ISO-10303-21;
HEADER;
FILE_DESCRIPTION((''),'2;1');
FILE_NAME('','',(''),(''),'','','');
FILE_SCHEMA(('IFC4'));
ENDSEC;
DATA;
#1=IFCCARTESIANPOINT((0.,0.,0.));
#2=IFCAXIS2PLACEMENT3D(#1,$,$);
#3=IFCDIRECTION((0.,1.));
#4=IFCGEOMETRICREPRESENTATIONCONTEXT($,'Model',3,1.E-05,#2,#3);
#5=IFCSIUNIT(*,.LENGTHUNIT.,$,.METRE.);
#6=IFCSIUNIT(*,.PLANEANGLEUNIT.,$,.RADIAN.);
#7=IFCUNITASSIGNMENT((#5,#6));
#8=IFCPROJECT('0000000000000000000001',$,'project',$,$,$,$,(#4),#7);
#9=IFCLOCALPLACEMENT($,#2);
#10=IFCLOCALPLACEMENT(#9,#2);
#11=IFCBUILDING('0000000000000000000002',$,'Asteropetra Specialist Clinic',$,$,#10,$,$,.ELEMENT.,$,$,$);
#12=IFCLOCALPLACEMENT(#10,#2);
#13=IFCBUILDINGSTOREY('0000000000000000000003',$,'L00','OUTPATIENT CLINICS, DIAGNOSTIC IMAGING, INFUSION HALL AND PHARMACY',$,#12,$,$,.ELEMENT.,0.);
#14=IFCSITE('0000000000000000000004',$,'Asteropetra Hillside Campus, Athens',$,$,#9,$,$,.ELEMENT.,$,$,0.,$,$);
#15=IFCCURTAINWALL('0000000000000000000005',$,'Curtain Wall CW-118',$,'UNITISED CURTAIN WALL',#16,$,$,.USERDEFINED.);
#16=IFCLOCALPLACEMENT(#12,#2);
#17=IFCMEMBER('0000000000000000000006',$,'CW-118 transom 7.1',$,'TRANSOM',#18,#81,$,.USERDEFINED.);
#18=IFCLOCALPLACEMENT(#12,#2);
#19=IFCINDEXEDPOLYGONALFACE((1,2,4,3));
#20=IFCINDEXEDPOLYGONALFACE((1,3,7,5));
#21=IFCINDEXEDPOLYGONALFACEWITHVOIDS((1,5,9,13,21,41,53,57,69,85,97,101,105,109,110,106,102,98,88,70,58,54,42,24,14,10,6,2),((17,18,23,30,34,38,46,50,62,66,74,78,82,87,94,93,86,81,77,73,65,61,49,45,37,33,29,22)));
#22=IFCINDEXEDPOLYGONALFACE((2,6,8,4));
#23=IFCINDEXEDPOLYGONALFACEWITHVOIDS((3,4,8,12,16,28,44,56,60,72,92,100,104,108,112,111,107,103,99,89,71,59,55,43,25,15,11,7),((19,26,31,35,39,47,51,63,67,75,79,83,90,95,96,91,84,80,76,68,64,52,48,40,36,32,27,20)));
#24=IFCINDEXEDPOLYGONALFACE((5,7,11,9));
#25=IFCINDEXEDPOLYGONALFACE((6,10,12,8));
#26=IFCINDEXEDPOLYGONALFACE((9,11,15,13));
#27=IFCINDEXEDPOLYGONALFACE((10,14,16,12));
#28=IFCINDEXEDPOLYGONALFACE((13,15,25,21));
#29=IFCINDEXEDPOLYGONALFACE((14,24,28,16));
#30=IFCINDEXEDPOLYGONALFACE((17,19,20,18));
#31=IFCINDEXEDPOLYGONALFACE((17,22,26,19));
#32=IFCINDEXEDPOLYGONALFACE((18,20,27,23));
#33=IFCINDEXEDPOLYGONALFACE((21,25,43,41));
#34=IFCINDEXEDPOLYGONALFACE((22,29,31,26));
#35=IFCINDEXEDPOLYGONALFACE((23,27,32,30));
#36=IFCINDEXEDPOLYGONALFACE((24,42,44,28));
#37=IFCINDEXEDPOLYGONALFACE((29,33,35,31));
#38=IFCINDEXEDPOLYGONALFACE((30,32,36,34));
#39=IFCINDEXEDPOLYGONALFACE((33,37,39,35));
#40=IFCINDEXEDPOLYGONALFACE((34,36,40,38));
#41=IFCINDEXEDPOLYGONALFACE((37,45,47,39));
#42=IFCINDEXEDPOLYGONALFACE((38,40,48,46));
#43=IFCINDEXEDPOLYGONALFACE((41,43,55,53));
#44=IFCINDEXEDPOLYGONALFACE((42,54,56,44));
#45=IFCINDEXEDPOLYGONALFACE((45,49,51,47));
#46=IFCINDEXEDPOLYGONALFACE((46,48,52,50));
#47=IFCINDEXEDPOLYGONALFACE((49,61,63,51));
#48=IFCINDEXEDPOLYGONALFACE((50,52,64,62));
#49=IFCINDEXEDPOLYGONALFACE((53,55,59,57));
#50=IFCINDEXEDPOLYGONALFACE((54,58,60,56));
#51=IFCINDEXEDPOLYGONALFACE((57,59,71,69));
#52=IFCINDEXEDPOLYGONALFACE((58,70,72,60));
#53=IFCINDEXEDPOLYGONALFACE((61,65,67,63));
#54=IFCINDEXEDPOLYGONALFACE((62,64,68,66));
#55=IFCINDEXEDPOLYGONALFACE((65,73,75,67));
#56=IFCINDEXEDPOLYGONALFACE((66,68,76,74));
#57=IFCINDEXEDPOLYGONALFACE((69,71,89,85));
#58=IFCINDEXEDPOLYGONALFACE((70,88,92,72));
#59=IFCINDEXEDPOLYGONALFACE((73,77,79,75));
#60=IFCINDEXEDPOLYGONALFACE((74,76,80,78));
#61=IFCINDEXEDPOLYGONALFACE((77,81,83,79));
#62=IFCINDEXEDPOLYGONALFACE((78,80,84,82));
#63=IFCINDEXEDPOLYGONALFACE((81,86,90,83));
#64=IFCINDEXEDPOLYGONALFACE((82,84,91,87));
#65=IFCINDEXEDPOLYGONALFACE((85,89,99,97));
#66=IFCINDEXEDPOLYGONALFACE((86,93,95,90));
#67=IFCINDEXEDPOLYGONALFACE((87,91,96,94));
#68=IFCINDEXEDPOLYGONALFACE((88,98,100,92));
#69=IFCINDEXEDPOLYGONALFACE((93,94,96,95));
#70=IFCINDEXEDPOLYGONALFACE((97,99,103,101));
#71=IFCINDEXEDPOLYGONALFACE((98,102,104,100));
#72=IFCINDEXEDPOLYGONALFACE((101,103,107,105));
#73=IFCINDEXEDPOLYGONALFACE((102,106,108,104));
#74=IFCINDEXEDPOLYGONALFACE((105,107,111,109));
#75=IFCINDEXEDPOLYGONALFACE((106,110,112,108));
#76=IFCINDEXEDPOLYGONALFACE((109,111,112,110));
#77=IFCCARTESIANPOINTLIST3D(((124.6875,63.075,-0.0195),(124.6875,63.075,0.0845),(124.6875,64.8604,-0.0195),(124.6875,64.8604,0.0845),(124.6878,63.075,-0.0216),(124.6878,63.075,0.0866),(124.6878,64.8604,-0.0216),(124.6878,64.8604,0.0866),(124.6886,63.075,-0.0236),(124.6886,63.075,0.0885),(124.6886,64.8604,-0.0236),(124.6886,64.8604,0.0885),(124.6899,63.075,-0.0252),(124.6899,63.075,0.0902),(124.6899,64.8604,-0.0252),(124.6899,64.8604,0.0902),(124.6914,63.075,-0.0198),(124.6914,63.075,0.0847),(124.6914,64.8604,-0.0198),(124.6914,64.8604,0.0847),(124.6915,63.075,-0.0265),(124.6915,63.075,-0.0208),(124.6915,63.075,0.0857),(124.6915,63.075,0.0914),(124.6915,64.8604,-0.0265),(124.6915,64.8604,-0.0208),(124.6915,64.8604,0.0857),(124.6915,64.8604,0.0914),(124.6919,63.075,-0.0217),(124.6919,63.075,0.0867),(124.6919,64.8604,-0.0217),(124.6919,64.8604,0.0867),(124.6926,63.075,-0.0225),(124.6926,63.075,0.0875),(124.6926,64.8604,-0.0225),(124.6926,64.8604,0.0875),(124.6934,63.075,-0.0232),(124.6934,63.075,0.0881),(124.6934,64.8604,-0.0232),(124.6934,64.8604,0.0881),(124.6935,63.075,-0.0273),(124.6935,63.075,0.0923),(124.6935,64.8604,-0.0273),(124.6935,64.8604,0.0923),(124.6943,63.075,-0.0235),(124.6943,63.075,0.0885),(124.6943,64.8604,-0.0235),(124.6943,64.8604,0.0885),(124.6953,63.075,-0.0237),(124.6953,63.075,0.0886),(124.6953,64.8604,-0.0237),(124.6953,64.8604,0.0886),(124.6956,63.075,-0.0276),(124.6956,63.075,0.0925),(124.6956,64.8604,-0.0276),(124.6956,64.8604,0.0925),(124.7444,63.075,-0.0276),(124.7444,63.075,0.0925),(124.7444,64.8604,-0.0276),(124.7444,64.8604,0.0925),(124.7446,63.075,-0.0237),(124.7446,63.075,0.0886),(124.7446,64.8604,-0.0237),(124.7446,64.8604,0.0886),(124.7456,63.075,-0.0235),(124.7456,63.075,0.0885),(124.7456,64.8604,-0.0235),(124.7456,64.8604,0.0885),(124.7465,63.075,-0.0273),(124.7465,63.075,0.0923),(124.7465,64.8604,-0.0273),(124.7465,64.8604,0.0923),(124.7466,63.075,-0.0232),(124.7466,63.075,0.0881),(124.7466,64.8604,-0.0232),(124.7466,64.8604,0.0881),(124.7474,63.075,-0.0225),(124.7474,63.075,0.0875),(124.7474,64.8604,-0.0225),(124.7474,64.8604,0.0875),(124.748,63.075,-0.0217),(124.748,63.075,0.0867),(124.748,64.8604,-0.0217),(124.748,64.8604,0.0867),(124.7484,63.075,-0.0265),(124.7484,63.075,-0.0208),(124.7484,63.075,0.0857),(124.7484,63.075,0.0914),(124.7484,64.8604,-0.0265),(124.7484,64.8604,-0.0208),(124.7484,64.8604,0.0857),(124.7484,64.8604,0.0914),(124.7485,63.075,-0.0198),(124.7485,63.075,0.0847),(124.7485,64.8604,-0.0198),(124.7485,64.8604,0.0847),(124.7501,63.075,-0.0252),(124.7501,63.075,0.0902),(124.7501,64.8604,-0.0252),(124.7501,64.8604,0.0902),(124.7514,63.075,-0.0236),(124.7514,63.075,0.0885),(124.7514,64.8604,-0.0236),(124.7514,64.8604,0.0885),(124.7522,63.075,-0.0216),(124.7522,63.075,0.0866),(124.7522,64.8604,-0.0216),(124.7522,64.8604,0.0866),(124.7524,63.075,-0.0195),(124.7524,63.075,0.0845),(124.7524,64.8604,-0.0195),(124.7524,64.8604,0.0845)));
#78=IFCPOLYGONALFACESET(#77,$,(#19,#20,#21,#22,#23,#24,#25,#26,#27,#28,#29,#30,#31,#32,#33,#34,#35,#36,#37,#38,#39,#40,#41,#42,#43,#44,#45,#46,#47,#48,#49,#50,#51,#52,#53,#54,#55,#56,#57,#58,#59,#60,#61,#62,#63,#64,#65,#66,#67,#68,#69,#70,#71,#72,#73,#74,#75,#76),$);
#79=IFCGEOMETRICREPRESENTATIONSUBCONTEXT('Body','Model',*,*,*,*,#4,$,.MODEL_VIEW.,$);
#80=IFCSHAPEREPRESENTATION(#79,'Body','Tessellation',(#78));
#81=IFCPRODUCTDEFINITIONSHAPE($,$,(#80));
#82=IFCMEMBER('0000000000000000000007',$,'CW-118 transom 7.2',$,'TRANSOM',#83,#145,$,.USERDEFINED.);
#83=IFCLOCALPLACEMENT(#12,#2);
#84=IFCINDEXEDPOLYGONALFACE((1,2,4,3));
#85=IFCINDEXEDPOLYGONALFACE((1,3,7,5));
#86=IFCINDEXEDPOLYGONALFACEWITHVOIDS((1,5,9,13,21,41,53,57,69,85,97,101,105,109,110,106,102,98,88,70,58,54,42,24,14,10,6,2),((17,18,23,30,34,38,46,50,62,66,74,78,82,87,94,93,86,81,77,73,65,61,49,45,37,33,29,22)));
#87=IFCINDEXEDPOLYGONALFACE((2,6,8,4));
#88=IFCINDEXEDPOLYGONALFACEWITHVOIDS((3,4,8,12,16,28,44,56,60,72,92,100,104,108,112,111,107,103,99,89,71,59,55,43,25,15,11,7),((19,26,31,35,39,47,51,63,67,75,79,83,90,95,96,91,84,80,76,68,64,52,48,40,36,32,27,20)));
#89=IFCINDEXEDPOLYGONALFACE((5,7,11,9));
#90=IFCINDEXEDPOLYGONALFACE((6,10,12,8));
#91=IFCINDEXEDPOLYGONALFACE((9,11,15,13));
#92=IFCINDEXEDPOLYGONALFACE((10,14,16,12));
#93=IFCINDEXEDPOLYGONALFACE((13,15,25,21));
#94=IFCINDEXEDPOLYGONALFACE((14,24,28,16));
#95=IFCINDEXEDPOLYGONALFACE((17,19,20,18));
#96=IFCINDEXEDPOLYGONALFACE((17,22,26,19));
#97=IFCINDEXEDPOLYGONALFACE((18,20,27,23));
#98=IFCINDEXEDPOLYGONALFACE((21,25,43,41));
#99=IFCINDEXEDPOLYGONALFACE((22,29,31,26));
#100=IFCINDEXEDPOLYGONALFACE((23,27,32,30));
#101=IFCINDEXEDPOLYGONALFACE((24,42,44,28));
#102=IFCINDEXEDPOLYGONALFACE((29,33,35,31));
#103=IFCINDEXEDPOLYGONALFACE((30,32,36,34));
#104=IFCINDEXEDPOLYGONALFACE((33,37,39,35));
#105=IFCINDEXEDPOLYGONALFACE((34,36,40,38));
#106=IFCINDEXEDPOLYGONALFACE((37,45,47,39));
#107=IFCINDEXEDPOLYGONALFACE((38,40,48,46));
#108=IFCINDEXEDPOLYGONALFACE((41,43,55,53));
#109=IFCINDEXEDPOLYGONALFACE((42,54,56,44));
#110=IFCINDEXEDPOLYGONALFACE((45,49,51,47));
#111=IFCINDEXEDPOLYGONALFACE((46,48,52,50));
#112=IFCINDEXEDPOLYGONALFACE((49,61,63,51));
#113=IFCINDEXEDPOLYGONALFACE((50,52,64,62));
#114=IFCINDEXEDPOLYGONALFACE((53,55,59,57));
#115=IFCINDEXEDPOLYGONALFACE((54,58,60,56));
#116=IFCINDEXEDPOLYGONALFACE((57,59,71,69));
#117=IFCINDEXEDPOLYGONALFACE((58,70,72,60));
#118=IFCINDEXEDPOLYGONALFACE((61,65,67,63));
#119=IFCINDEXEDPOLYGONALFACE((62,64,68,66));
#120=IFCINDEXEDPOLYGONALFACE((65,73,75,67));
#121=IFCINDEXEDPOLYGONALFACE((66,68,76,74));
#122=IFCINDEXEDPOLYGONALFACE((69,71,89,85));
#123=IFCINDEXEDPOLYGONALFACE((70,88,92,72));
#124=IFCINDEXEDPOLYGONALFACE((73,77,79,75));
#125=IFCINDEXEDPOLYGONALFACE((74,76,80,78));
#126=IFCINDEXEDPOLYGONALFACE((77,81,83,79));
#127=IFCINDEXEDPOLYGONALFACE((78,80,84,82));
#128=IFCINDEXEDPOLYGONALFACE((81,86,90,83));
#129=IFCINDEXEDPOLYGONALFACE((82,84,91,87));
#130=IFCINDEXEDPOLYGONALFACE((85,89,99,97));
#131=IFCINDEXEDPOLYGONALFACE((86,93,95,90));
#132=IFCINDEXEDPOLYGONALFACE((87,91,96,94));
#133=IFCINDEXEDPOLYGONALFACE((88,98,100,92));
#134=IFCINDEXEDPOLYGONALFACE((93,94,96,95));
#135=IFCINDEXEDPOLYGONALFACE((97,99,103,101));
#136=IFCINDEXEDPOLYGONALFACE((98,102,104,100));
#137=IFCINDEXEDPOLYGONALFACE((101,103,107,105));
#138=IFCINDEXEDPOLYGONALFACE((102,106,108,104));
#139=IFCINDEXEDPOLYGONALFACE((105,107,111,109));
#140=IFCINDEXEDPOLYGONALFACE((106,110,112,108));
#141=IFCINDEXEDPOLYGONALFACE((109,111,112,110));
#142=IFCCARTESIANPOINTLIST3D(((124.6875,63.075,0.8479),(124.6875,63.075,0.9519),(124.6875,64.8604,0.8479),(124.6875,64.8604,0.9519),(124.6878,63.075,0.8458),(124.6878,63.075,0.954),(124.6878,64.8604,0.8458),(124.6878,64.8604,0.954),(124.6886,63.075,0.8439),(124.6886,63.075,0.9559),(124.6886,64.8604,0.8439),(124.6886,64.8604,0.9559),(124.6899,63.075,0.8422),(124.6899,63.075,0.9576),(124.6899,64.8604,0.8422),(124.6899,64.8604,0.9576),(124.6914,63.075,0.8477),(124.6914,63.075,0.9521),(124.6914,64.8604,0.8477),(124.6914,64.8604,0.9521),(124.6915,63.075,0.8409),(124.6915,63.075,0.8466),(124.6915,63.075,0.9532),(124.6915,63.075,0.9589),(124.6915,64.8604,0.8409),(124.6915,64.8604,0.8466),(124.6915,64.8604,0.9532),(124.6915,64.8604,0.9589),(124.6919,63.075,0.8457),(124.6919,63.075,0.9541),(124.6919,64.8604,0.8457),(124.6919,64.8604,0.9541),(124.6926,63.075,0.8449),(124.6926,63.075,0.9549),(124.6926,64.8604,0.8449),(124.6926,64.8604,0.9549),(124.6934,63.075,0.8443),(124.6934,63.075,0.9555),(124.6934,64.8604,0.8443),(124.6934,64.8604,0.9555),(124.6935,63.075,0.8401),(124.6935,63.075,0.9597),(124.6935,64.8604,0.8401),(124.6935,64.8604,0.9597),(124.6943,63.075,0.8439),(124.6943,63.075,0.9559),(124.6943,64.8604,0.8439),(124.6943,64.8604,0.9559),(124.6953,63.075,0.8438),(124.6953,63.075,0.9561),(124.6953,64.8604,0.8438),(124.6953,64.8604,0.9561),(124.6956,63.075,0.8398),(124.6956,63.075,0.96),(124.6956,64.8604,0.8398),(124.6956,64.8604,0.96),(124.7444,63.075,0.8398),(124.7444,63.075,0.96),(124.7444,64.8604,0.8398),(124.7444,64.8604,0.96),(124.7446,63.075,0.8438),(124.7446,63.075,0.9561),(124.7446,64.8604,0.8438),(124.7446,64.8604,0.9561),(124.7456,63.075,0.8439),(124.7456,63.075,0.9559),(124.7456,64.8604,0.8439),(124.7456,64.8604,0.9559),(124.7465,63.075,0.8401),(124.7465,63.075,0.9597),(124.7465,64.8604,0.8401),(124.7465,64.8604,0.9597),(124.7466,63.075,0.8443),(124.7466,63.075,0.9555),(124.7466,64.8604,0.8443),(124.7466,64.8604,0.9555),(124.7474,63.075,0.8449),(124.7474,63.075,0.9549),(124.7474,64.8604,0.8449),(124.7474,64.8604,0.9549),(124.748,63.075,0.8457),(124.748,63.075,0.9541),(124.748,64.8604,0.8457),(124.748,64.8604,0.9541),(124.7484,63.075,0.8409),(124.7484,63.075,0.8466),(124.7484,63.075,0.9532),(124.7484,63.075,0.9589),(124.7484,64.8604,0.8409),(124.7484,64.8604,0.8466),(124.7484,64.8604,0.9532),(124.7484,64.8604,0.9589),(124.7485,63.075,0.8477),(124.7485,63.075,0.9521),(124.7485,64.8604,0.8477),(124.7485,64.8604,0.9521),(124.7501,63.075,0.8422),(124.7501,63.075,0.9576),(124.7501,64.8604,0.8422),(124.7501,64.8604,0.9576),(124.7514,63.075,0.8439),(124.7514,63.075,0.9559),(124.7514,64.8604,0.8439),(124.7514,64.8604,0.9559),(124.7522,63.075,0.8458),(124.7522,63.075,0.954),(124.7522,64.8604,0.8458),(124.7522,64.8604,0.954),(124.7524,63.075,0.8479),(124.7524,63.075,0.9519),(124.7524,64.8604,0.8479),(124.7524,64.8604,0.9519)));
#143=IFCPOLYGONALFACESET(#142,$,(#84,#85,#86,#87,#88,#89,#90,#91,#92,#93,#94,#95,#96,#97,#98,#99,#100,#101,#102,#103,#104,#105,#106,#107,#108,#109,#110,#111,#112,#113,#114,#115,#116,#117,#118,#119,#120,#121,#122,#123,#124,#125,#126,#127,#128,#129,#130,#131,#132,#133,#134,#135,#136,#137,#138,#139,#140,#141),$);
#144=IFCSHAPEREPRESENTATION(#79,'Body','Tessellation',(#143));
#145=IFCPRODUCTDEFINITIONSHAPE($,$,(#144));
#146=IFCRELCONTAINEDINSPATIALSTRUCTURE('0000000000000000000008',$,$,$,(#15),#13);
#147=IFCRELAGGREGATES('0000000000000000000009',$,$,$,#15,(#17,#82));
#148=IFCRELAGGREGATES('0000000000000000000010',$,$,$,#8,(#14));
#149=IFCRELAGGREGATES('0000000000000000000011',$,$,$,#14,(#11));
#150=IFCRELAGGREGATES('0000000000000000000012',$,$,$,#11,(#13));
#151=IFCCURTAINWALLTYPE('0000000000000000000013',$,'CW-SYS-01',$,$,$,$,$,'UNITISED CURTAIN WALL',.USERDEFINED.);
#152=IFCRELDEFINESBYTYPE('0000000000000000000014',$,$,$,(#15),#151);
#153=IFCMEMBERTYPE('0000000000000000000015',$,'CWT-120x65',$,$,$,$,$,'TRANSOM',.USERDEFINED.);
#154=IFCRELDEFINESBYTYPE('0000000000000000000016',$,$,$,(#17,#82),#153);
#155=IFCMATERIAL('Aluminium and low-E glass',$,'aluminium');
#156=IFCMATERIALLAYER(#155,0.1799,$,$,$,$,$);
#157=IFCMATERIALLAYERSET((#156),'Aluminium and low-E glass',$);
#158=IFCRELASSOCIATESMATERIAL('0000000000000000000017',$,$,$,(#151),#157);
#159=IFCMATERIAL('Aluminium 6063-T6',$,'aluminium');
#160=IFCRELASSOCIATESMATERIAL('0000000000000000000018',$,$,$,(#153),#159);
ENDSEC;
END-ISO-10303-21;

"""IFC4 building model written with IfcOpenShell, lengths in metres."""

from ifc_helpers import new_model, si_unit, direction, frame, origin, origin_2d, place, context, subcontext, project, spatial, hollow_rectangle, extrude, material, layer, layer_set, material_profile, profile_set, type_object, element, aggregate, save


model = new_model("IFC4")

# Units and contexts
model_context = context("Model", 3, precision=1e-05, world=origin(), true_north=direction((0.0, 1.0)))
body_context = subcontext(model_context, "Body", "Model", "MODEL_VIEW")
ifc_project = project(units=[si_unit("LENGTHUNIT", "METRE"), si_unit("PLANEANGLEUNIT", "RADIAN")], contexts=[model_context])

# Site, building, storey
site_placement = place(None, origin())
site = spatial("IfcSite", under=ifc_project, at=site_placement, Name="Asteropetra Hillside Campus, Athens", CompositionType="ELEMENT", RefElevation=0.0)
building_placement = place(site_placement, origin())
building = spatial("IfcBuilding", under=site, at=building_placement, Name="Asteropetra Specialist Clinic", CompositionType="ELEMENT")
storey_placement = place(building_placement, origin())
storey = spatial("IfcBuildingStorey", under=building, at=storey_placement, Name="L00", Description="OUTPATIENT CLINICS, DIAGNOSTIC IMAGING, INFUSION HALL AND PHARMACY", CompositionType="ELEMENT", Elevation=0.0)

# Curtain wall, members
ifc_material_1 = material(Name="Aluminium and low-E glass", Category="aluminium")
ifc_layer_1 = layer(ifc_material_1, 0.1799)
ifc_layer_set_1 = layer_set([ifc_layer_1], Name="Aluminium and low-E glass")
curtain_wall_type = type_object("IfcCurtainWallType", Name="CW-SYS-01", ElementType="UNITISED CURTAIN WALL", PredefinedType="USERDEFINED", material=ifc_layer_set_1)
curtain_wall_placement = place(storey_placement, origin())
curtain_wall = element("IfcCurtainWall", 1, at=curtain_wall_placement, inside=storey, type_object=curtain_wall_type, Name="Curtain Wall CW-118", ObjectType="UNITISED CURTAIN WALL", PredefinedType="USERDEFINED")
ifc_material_2 = material(Name="Aluminium 6063-T6", Category="aluminium")
ifc_material_profile_1 = material_profile(ifc_material_2, hollow_rectangle(XDim=0.0649, YDim=0.1201, WallThickness=0.0039, InnerFilletRadius=0.0039, OuterFilletRadius=0.0081, at=origin_2d()), Name="TRN 120x65x4.0")
ifc_profile_set_1 = profile_set([ifc_material_profile_1], Name="Aluminium 6063-T6")
member_type_1 = type_object("IfcMemberType", Name="CWT-120x65", ElementType="TRANSOM", PredefinedType="USERDEFINED", material=ifc_profile_set_1)
member_1_placement = place(storey_placement, frame((124.72, 64.8604, 0.0325), z_axis=(0.0, -1.0, 0.0), x_axis=(1.0, 0.0, 0.0)))
member_1 = element("IfcMember", 2, at=member_1_placement, type_object=member_type_1, Name="CW-118 transom 7.1", ObjectType="TRANSOM", PredefinedType="USERDEFINED", context=body_context, shape_type="SweptSolid", body=[
    extrude(hollow_rectangle(XDim=0.0649, YDim=0.1201, WallThickness=0.0039, InnerFilletRadius=0.0039, OuterFilletRadius=0.0081, at=origin_2d()), origin(), (0.0, 0.0, 1.0), 1.7854),
])
member_2_placement = place(storey_placement, frame((124.72, 64.8604, 0.8999), z_axis=(0.0, -1.0, 0.0), x_axis=(1.0, 0.0, 0.0)))
member_2 = element("IfcMember", 3, at=member_2_placement, type_object=member_type_1, Name="CW-118 transom 7.2", ObjectType="TRANSOM", PredefinedType="USERDEFINED", context=body_context, shape_type="SweptSolid", body=[
    extrude(hollow_rectangle(XDim=0.0649, YDim=0.1201, WallThickness=0.0039, InnerFilletRadius=0.0039, OuterFilletRadius=0.0081, at=origin_2d()), origin(), (0.0, 0.0, 1.0), 1.7854),
])
aggregate(curtain_wall, [member_1, member_2])

save(model, "model.ifc")
